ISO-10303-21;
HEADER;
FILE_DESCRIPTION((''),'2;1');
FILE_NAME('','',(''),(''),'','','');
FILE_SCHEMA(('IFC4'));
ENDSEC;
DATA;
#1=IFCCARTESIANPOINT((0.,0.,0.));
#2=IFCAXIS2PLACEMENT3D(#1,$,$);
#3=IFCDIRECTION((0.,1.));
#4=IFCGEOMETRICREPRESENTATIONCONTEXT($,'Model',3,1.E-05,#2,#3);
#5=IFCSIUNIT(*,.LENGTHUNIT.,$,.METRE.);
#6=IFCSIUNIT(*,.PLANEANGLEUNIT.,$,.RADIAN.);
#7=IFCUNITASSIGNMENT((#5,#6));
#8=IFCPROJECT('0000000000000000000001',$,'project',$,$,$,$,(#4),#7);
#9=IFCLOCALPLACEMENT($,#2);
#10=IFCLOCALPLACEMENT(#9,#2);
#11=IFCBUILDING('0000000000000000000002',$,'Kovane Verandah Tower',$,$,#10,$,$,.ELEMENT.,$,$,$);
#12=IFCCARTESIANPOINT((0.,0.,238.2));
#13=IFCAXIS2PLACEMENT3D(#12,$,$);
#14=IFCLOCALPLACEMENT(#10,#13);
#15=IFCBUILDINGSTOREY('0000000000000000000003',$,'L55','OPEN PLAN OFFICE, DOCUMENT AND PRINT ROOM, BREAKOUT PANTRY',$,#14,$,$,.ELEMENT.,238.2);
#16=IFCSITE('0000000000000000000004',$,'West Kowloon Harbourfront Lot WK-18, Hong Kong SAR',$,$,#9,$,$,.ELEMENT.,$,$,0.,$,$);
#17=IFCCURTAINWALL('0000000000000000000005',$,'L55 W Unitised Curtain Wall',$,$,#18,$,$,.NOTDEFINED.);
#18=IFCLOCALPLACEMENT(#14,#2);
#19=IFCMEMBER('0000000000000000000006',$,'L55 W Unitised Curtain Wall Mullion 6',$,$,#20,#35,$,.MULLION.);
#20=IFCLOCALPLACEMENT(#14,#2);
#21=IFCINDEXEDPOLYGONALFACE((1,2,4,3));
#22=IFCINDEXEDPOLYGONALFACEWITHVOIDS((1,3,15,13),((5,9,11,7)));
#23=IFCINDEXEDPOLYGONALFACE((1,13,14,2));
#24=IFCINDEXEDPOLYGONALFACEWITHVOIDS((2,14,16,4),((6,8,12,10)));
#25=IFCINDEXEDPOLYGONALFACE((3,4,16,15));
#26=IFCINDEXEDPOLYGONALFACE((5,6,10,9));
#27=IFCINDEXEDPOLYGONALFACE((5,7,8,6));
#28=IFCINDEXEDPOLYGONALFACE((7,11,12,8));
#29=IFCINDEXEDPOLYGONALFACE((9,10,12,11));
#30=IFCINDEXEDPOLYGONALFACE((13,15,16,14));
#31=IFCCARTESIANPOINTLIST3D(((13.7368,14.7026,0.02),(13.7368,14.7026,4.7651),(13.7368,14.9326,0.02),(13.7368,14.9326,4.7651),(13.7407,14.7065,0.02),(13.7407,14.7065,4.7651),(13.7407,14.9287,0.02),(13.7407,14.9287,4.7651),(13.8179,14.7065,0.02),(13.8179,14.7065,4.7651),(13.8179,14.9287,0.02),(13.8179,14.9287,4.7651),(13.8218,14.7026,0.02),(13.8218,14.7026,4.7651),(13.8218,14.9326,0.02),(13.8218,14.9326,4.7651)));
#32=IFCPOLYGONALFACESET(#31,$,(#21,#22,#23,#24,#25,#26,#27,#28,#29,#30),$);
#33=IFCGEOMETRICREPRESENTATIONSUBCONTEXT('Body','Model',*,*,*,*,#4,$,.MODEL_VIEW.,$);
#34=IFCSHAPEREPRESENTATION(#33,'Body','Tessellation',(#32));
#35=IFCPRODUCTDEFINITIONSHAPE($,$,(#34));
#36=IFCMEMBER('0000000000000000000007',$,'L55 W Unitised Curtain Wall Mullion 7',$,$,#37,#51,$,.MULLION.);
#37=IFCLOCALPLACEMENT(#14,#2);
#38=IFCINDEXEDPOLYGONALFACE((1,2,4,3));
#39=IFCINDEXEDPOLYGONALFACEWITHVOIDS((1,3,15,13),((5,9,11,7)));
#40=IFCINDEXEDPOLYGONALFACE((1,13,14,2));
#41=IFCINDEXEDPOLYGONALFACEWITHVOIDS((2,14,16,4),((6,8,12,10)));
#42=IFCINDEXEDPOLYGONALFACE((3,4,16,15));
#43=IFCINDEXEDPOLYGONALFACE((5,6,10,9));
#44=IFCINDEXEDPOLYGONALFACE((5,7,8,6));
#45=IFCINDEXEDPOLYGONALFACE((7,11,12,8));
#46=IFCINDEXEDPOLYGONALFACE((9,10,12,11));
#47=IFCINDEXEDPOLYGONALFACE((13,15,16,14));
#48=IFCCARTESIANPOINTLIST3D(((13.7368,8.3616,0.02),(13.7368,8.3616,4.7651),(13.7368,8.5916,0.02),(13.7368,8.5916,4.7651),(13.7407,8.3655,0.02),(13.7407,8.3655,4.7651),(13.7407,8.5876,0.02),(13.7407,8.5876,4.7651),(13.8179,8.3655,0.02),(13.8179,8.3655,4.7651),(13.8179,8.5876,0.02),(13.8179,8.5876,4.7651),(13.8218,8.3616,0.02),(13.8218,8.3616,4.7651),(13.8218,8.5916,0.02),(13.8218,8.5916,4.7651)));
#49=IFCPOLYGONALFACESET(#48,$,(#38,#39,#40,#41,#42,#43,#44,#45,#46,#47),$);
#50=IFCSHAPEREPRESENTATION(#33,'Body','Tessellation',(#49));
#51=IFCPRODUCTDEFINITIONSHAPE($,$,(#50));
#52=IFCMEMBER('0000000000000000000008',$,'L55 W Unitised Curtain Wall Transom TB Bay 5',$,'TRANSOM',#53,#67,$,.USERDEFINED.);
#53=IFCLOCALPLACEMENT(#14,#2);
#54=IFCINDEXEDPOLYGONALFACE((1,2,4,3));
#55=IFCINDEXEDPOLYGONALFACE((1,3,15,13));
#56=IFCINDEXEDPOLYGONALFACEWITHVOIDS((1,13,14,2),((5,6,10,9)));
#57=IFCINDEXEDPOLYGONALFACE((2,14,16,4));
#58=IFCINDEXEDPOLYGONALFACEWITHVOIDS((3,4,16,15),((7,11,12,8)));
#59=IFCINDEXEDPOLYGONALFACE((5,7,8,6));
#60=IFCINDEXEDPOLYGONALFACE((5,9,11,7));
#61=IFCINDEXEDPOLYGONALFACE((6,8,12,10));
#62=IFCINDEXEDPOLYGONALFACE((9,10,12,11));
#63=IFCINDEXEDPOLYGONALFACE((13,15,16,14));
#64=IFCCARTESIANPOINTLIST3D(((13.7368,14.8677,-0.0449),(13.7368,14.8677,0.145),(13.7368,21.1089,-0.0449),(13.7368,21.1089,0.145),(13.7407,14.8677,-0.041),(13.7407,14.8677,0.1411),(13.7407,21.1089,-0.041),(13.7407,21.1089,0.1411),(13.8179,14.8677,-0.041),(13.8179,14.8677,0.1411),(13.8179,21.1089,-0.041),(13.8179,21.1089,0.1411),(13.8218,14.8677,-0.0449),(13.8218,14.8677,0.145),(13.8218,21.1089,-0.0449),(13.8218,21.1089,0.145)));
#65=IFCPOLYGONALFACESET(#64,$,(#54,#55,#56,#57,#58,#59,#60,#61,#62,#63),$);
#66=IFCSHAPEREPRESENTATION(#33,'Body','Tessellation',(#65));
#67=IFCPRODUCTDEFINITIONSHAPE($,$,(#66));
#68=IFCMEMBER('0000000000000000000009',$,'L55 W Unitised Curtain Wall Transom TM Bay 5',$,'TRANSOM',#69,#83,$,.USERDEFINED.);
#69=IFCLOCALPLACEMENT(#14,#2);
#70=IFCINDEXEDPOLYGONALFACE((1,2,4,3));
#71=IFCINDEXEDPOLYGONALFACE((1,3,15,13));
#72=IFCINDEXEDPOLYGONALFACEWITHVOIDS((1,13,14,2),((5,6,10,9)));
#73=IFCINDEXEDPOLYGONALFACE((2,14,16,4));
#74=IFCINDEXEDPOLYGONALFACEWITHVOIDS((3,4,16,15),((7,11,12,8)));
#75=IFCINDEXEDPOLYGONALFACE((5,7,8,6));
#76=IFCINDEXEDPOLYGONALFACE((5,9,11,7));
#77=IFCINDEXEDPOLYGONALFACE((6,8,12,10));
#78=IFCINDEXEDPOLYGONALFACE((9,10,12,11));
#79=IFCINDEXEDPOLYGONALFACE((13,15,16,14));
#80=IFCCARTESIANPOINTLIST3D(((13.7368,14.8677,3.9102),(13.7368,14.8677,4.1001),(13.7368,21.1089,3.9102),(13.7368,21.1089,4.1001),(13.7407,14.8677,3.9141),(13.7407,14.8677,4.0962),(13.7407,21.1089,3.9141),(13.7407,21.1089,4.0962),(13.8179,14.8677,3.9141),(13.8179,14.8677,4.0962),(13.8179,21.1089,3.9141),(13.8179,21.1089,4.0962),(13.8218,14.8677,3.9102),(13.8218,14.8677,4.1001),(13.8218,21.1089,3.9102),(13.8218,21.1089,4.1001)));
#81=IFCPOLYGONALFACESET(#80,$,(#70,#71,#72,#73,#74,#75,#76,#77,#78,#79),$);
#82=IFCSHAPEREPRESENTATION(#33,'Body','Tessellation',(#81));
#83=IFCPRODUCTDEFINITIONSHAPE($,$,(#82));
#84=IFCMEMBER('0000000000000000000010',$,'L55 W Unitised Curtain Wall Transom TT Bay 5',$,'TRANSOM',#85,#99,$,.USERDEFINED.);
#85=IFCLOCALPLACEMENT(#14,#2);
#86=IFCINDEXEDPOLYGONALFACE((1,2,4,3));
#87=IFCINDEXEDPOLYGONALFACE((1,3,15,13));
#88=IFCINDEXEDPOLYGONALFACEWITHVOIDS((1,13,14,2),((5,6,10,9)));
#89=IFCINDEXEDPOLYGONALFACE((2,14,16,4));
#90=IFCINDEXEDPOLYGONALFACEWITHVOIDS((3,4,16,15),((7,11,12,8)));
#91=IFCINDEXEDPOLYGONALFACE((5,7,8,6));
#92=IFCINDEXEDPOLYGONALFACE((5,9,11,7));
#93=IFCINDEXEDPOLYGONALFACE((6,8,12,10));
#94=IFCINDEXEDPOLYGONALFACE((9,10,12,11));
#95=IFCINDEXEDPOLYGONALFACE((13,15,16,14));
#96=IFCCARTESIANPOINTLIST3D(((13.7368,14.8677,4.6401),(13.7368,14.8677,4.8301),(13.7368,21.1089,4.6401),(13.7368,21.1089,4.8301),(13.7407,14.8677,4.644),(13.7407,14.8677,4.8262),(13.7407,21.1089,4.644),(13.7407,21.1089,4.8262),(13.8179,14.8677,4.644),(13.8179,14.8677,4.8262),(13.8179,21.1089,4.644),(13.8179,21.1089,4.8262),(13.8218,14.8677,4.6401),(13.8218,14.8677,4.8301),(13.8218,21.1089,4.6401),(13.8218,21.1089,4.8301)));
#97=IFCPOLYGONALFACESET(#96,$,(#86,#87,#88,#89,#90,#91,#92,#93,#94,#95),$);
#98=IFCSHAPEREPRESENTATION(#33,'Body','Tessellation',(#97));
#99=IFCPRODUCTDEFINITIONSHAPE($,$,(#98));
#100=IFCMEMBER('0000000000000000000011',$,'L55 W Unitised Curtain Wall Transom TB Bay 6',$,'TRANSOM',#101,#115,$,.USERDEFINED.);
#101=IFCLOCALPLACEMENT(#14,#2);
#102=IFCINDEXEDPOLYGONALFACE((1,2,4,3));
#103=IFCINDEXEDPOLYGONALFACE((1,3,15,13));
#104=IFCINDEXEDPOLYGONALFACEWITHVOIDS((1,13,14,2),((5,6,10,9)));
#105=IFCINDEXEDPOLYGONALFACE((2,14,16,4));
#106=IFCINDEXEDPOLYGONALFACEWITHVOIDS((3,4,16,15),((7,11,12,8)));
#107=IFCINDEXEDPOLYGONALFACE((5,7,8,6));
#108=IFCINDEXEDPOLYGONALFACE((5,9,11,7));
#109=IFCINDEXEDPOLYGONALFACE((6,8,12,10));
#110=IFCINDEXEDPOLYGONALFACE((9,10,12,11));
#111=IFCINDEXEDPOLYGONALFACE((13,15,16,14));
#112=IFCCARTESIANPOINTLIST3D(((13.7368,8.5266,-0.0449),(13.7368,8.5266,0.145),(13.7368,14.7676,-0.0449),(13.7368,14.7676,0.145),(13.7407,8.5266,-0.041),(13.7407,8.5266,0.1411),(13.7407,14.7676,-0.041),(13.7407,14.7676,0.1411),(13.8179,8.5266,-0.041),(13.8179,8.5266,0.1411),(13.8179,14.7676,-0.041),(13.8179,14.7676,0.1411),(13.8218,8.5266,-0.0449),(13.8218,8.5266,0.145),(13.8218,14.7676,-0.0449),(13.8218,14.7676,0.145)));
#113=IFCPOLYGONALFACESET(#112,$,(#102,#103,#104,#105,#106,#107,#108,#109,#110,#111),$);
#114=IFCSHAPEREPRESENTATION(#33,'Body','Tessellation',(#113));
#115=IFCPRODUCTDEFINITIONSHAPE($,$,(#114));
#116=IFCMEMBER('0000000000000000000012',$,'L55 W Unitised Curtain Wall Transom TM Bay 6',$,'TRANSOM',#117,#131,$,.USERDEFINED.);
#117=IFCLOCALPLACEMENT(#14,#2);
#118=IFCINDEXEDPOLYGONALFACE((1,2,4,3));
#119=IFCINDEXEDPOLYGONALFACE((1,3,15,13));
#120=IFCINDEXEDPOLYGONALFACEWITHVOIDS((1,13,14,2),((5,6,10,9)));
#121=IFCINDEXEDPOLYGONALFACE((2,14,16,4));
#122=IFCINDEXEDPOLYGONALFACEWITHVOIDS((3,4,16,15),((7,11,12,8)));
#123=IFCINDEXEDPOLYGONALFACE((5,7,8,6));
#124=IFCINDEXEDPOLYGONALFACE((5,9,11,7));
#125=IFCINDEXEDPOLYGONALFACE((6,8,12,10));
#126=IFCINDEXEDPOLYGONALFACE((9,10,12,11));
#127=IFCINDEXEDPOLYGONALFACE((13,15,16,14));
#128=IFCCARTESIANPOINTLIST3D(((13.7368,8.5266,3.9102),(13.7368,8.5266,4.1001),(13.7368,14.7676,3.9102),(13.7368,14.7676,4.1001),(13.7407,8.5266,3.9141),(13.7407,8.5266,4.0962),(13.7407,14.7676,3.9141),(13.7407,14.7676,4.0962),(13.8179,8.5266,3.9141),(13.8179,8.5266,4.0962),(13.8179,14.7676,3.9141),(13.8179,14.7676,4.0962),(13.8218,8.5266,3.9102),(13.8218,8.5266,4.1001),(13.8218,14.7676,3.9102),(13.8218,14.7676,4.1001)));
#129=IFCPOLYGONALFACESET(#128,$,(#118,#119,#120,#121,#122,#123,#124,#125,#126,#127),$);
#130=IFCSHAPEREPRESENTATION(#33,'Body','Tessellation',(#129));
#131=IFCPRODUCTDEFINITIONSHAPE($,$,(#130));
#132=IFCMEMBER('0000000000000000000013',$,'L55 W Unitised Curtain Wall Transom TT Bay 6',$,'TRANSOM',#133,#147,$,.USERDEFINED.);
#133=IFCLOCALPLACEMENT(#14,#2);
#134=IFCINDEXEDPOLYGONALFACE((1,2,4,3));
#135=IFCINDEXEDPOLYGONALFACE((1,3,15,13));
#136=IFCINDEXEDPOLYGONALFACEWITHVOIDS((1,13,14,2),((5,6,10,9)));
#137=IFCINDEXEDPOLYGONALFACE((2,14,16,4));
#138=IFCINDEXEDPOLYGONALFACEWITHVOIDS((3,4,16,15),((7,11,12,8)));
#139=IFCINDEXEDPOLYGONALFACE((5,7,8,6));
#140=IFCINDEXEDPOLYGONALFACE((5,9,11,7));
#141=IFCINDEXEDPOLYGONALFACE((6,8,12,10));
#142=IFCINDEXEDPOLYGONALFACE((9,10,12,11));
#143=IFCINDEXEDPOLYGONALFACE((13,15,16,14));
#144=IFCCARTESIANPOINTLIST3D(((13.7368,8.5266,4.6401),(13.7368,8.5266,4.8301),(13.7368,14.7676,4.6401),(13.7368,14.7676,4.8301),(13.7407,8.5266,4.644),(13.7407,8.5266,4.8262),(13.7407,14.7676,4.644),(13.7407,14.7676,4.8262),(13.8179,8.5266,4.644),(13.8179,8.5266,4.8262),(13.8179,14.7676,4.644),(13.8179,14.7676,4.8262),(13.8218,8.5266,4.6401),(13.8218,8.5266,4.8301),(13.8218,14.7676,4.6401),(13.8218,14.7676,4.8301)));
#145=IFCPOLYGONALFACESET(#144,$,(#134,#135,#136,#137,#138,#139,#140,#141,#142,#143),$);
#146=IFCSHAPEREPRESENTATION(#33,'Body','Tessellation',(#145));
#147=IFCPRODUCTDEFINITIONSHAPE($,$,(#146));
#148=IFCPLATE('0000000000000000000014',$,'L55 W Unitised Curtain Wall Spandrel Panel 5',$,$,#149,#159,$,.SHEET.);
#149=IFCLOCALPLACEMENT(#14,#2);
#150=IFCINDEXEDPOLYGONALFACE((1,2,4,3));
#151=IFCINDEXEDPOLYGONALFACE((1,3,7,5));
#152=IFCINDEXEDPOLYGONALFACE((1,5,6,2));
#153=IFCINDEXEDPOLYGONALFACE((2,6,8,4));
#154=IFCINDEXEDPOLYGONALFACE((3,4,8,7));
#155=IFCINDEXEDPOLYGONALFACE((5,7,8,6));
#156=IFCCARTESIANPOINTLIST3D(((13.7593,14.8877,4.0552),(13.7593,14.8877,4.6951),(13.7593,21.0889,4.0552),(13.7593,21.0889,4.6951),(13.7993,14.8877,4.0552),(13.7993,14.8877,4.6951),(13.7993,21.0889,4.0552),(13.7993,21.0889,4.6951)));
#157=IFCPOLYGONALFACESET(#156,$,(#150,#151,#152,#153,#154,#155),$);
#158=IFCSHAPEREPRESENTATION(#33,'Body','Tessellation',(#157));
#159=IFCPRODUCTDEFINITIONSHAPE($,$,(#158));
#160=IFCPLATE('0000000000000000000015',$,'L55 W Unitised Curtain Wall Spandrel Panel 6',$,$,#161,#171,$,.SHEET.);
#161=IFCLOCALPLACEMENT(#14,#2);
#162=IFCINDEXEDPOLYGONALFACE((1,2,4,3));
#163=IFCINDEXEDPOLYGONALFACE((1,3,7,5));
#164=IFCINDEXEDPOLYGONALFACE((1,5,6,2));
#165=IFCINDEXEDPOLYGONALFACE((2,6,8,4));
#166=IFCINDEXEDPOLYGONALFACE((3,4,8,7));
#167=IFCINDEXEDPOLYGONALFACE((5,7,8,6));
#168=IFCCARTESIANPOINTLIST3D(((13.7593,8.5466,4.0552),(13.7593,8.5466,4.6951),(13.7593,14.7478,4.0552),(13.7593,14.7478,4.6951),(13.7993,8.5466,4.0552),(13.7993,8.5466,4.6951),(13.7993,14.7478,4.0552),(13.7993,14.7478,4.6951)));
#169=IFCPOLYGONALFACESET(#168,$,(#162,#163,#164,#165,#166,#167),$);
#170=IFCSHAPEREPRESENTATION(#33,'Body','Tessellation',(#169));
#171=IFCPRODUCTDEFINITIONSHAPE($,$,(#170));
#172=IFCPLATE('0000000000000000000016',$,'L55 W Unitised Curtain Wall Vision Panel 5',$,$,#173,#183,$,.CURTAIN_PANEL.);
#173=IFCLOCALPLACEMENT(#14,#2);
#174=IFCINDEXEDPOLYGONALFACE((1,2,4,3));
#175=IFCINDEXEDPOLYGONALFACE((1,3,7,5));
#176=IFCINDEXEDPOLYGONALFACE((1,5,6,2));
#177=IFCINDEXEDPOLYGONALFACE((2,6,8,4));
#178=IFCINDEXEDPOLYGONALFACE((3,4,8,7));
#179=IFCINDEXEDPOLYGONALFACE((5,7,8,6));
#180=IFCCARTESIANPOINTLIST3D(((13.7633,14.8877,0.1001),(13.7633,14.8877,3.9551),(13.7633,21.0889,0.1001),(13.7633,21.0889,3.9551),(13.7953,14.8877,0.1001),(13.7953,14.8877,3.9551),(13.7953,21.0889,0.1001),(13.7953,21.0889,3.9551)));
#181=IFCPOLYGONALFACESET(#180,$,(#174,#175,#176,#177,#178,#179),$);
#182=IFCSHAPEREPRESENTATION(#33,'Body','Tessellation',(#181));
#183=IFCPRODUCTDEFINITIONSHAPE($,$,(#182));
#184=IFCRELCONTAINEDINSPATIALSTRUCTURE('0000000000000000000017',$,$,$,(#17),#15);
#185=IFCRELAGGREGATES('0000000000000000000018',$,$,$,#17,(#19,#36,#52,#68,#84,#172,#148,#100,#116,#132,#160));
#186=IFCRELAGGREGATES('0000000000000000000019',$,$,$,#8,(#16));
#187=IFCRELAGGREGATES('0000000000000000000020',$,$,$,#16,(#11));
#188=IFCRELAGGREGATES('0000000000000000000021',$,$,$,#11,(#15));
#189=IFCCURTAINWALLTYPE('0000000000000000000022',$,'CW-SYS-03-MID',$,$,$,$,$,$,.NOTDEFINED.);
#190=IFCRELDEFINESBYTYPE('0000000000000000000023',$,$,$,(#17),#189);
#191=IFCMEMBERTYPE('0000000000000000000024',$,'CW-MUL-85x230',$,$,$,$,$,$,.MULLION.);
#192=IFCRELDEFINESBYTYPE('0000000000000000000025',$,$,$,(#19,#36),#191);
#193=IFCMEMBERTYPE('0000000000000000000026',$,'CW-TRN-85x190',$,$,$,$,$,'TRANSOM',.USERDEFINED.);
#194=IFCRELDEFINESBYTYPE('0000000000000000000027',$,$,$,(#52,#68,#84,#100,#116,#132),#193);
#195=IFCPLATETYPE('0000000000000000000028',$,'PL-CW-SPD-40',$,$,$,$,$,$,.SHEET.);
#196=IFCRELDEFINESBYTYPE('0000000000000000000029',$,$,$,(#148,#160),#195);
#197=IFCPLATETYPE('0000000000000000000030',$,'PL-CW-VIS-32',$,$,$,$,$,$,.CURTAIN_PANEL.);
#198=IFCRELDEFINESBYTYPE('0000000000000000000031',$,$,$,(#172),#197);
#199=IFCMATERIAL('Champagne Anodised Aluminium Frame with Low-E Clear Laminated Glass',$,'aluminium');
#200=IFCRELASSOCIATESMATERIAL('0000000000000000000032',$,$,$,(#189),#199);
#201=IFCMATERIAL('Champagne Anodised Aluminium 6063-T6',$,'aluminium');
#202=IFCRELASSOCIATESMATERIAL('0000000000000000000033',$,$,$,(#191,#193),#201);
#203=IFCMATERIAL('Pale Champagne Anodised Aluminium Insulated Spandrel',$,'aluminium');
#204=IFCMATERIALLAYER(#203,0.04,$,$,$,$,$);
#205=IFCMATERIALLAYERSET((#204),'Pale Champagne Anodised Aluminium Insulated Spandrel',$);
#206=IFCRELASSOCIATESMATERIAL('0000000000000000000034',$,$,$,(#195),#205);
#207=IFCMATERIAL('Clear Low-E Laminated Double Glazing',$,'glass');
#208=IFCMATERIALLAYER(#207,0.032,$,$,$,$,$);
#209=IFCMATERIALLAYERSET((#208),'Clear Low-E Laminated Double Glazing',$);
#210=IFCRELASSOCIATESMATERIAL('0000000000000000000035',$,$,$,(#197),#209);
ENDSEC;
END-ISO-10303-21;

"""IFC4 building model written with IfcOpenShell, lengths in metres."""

from ifc_helpers import new_model, si_unit, direction, frame, origin, origin_2d, place, context, subcontext, project, spatial, rectangle, hollow_rectangle, extrude, material, layer, layer_set, material_profile, profile_set, type_object, element, aggregate, save


model = new_model("IFC4")

# Units and contexts
model_context = context("Model", 3, precision=1e-05, world=origin(), true_north=direction((0.0, 1.0)))
body_context = subcontext(model_context, "Body", "Model", "MODEL_VIEW")
ifc_project = project(units=[si_unit("LENGTHUNIT", "METRE"), si_unit("PLANEANGLEUNIT", "RADIAN")], contexts=[model_context])

# Site, building, storey
site_placement = place(None, origin())
site = spatial("IfcSite", under=ifc_project, at=site_placement, Name="West Kowloon Harbourfront Lot WK-18, Hong Kong SAR", CompositionType="ELEMENT", RefElevation=0.0)
building_placement = place(site_placement, origin())
building = spatial("IfcBuilding", under=site, at=building_placement, Name="Kovane Verandah Tower", CompositionType="ELEMENT")
storey_placement = place(building_placement, frame((0.0, 0.0, 238.2)))
storey = spatial("IfcBuildingStorey", under=building, at=storey_placement, Name="L55", Description="OPEN PLAN OFFICE, DOCUMENT AND PRINT ROOM, BREAKOUT PANTRY", CompositionType="ELEMENT", Elevation=238.2)

# Curtain wall, members, plates
ifc_material_1 = material(Name="Champagne Anodised Aluminium Frame with Low-E Clear Laminated Glass", Category="aluminium")
curtain_wall_type = type_object("IfcCurtainWallType", Name="CW-SYS-03-MID", PredefinedType="NOTDEFINED", material=ifc_material_1)
curtain_wall_placement = place(storey_placement, origin())
curtain_wall = element("IfcCurtainWall", 1, at=curtain_wall_placement, inside=storey, type_object=curtain_wall_type, Name="L55 W Unitised Curtain Wall", PredefinedType="NOTDEFINED")
ifc_material_2 = material(Name="Champagne Anodised Aluminium 6063-T6", Category="aluminium")
ifc_material_profile_1 = material_profile(ifc_material_2, hollow_rectangle(XDim=0.085, YDim=0.23, WallThickness=0.0039, at=origin_2d()), Name="AL85x230x4")
ifc_profile_set_1 = profile_set([ifc_material_profile_1], Name="Champagne Anodised Aluminium 6063-T6")
member_type_1 = type_object("IfcMemberType", Name="CW-MUL-85x230", PredefinedType="MULLION", material=ifc_profile_set_1)
member_1_placement = place(storey_placement, frame((13.7793, 14.8176, 0.02), z_axis=(0.0, 0.0, 1.0), x_axis=(-1.0, 0.0, 0.0)))
member_1 = element("IfcMember", 2, at=member_1_placement, type_object=member_type_1, Name="L55 W Unitised Curtain Wall Mullion 6", PredefinedType="MULLION", context=body_context, shape_type="SweptSolid", body=[
    extrude(hollow_rectangle(XDim=0.085, YDim=0.23, WallThickness=0.0039, at=origin_2d()), origin(), (0.0, 0.0, 1.0), 4.7451),
])
member_2_placement = place(storey_placement, frame((13.7793, 8.4766, 0.02), z_axis=(0.0, 0.0, 1.0), x_axis=(-1.0, 0.0, 0.0)))
member_2 = element("IfcMember", 3, at=member_2_placement, type_object=member_type_1, Name="L55 W Unitised Curtain Wall Mullion 7", PredefinedType="MULLION", context=body_context, shape_type="SweptSolid", body=[
    extrude(hollow_rectangle(XDim=0.085, YDim=0.23, WallThickness=0.0039, at=origin_2d()), origin(), (0.0, 0.0, 1.0), 4.7451),
])
ifc_material_profile_2 = material_profile(ifc_material_2, hollow_rectangle(XDim=0.085, YDim=0.1899, WallThickness=0.0039, at=origin_2d()), Name="AL85x190x4")
ifc_profile_set_2 = profile_set([ifc_material_profile_2], Name="Champagne Anodised Aluminium 6063-T6")
member_type_2 = type_object("IfcMemberType", Name="CW-TRN-85x190", ElementType="TRANSOM", PredefinedType="USERDEFINED", material=ifc_profile_set_2)
member_3_placement = place(storey_placement, frame((13.7793, 21.1089, 0.05), z_axis=(0.0, -1.0, 0.0), x_axis=(1.0, 0.0, 0.0)))
member_3 = element("IfcMember", 4, at=member_3_placement, type_object=member_type_2, Name="L55 W Unitised Curtain Wall Transom TB Bay 5", ObjectType="TRANSOM", PredefinedType="USERDEFINED", context=body_context, shape_type="SweptSolid", body=[
    extrude(hollow_rectangle(XDim=0.085, YDim=0.1899, WallThickness=0.0039, at=origin_2d()), origin(), (0.0, 0.0, 1.0), 6.2412),
])
member_4_placement = place(storey_placement, frame((13.7793, 21.1089, 4.0051), z_axis=(0.0, -1.0, 0.0), x_axis=(1.0, 0.0, 0.0)))
member_4 = element("IfcMember", 5, at=member_4_placement, type_object=member_type_2, Name="L55 W Unitised Curtain Wall Transom TM Bay 5", ObjectType="TRANSOM", PredefinedType="USERDEFINED", context=body_context, shape_type="SweptSolid", body=[
    extrude(hollow_rectangle(XDim=0.085, YDim=0.1899, WallThickness=0.0039, at=origin_2d()), origin(), (0.0, 0.0, 1.0), 6.2412),
])
member_5_placement = place(storey_placement, frame((13.7793, 21.1089, 4.7351), z_axis=(0.0, -1.0, 0.0), x_axis=(1.0, 0.0, 0.0)))
member_5 = element("IfcMember", 6, at=member_5_placement, type_object=member_type_2, Name="L55 W Unitised Curtain Wall Transom TT Bay 5", ObjectType="TRANSOM", PredefinedType="USERDEFINED", context=body_context, shape_type="SweptSolid", body=[
    extrude(hollow_rectangle(XDim=0.085, YDim=0.1899, WallThickness=0.0039, at=origin_2d()), origin(), (0.0, 0.0, 1.0), 6.2412),
])
member_6_placement = place(storey_placement, frame((13.7793, 14.7676, 0.05), z_axis=(0.0, -1.0, 0.0), x_axis=(1.0, 0.0, 0.0)))
member_6 = element("IfcMember", 7, at=member_6_placement, type_object=member_type_2, Name="L55 W Unitised Curtain Wall Transom TB Bay 6", ObjectType="TRANSOM", PredefinedType="USERDEFINED", context=body_context, shape_type="SweptSolid", body=[
    extrude(hollow_rectangle(XDim=0.085, YDim=0.1899, WallThickness=0.0039, at=origin_2d()), origin(), (0.0, 0.0, 1.0), 6.241),
])
member_7_placement = place(storey_placement, frame((13.7793, 14.7676, 4.0051), z_axis=(0.0, -1.0, 0.0), x_axis=(1.0, 0.0, 0.0)))
member_7 = element("IfcMember", 8, at=member_7_placement, type_object=member_type_2, Name="L55 W Unitised Curtain Wall Transom TM Bay 6", ObjectType="TRANSOM", PredefinedType="USERDEFINED", context=body_context, shape_type="SweptSolid", body=[
    extrude(hollow_rectangle(XDim=0.085, YDim=0.1899, WallThickness=0.0039, at=origin_2d()), origin(), (0.0, 0.0, 1.0), 6.241),
])
member_8_placement = place(storey_placement, frame((13.7793, 14.7676, 4.7351), z_axis=(0.0, -1.0, 0.0), x_axis=(1.0, 0.0, 0.0)))
member_8 = element("IfcMember", 9, at=member_8_placement, type_object=member_type_2, Name="L55 W Unitised Curtain Wall Transom TT Bay 6", ObjectType="TRANSOM", PredefinedType="USERDEFINED", context=body_context, shape_type="SweptSolid", body=[
    extrude(hollow_rectangle(XDim=0.085, YDim=0.1899, WallThickness=0.0039, at=origin_2d()), origin(), (0.0, 0.0, 1.0), 6.241),
])
ifc_material_3 = material(Name="Pale Champagne Anodised Aluminium Insulated Spandrel", Category="aluminium")
ifc_layer_1 = layer(ifc_material_3, 0.04)
ifc_layer_set_1 = layer_set([ifc_layer_1], Name="Pale Champagne Anodised Aluminium Insulated Spandrel")
plate_type_1 = type_object("IfcPlateType", Name="PL-CW-SPD-40", PredefinedType="SHEET", material=ifc_layer_set_1)
plate_1_placement = place(storey_placement, frame((13.7793, 17.9883, 4.0552), z_axis=(0.0, 0.0, 1.0), x_axis=(0.0, -1.0, 0.0)))
plate_1 = element("IfcPlate", 10, at=plate_1_placement, type_object=plate_type_1, Name="L55 W Unitised Curtain Wall Spandrel Panel 5", PredefinedType="SHEET", context=body_context, shape_type="SweptSolid", body=[
    extrude(rectangle(XDim=6.2012, YDim=0.04, at=origin_2d()), origin(), (0.0, 0.0, 1.0), 0.6399),
])
plate_2_placement = place(storey_placement, frame((13.7793, 11.6472, 4.0552), z_axis=(0.0, 0.0, 1.0), x_axis=(0.0, -1.0, 0.0)))
plate_2 = element("IfcPlate", 11, at=plate_2_placement, type_object=plate_type_1, Name="L55 W Unitised Curtain Wall Spandrel Panel 6", PredefinedType="SHEET", context=body_context, shape_type="SweptSolid", body=[
    extrude(rectangle(XDim=6.2012, YDim=0.04, at=origin_2d()), origin(), (0.0, 0.0, 1.0), 0.6399),
])
ifc_material_4 = material(Name="Clear Low-E Laminated Double Glazing", Category="glass")
ifc_layer_2 = layer(ifc_material_4, 0.032)
ifc_layer_set_2 = layer_set([ifc_layer_2], Name="Clear Low-E Laminated Double Glazing")
plate_type_2 = type_object("IfcPlateType", Name="PL-CW-VIS-32", PredefinedType="CURTAIN_PANEL", material=ifc_layer_set_2)
plate_3_placement = place(storey_placement, frame((13.7793, 17.9883, 0.1001), z_axis=(0.0, 0.0, 1.0), x_axis=(0.0, -1.0, 0.0)))
plate_3 = element("IfcPlate", 12, at=plate_3_placement, type_object=plate_type_2, Name="L55 W Unitised Curtain Wall Vision Panel 5", PredefinedType="CURTAIN_PANEL", context=body_context, shape_type="SweptSolid", body=[
    extrude(rectangle(XDim=6.2012, YDim=0.032, at=origin_2d()), origin(), (0.0, 0.0, 1.0), 3.855),
])
aggregate(curtain_wall, [member_1, member_2, member_3, member_4, member_5, plate_3, plate_1, member_6, member_7, member_8, plate_2])

save(model, "model.ifc")
